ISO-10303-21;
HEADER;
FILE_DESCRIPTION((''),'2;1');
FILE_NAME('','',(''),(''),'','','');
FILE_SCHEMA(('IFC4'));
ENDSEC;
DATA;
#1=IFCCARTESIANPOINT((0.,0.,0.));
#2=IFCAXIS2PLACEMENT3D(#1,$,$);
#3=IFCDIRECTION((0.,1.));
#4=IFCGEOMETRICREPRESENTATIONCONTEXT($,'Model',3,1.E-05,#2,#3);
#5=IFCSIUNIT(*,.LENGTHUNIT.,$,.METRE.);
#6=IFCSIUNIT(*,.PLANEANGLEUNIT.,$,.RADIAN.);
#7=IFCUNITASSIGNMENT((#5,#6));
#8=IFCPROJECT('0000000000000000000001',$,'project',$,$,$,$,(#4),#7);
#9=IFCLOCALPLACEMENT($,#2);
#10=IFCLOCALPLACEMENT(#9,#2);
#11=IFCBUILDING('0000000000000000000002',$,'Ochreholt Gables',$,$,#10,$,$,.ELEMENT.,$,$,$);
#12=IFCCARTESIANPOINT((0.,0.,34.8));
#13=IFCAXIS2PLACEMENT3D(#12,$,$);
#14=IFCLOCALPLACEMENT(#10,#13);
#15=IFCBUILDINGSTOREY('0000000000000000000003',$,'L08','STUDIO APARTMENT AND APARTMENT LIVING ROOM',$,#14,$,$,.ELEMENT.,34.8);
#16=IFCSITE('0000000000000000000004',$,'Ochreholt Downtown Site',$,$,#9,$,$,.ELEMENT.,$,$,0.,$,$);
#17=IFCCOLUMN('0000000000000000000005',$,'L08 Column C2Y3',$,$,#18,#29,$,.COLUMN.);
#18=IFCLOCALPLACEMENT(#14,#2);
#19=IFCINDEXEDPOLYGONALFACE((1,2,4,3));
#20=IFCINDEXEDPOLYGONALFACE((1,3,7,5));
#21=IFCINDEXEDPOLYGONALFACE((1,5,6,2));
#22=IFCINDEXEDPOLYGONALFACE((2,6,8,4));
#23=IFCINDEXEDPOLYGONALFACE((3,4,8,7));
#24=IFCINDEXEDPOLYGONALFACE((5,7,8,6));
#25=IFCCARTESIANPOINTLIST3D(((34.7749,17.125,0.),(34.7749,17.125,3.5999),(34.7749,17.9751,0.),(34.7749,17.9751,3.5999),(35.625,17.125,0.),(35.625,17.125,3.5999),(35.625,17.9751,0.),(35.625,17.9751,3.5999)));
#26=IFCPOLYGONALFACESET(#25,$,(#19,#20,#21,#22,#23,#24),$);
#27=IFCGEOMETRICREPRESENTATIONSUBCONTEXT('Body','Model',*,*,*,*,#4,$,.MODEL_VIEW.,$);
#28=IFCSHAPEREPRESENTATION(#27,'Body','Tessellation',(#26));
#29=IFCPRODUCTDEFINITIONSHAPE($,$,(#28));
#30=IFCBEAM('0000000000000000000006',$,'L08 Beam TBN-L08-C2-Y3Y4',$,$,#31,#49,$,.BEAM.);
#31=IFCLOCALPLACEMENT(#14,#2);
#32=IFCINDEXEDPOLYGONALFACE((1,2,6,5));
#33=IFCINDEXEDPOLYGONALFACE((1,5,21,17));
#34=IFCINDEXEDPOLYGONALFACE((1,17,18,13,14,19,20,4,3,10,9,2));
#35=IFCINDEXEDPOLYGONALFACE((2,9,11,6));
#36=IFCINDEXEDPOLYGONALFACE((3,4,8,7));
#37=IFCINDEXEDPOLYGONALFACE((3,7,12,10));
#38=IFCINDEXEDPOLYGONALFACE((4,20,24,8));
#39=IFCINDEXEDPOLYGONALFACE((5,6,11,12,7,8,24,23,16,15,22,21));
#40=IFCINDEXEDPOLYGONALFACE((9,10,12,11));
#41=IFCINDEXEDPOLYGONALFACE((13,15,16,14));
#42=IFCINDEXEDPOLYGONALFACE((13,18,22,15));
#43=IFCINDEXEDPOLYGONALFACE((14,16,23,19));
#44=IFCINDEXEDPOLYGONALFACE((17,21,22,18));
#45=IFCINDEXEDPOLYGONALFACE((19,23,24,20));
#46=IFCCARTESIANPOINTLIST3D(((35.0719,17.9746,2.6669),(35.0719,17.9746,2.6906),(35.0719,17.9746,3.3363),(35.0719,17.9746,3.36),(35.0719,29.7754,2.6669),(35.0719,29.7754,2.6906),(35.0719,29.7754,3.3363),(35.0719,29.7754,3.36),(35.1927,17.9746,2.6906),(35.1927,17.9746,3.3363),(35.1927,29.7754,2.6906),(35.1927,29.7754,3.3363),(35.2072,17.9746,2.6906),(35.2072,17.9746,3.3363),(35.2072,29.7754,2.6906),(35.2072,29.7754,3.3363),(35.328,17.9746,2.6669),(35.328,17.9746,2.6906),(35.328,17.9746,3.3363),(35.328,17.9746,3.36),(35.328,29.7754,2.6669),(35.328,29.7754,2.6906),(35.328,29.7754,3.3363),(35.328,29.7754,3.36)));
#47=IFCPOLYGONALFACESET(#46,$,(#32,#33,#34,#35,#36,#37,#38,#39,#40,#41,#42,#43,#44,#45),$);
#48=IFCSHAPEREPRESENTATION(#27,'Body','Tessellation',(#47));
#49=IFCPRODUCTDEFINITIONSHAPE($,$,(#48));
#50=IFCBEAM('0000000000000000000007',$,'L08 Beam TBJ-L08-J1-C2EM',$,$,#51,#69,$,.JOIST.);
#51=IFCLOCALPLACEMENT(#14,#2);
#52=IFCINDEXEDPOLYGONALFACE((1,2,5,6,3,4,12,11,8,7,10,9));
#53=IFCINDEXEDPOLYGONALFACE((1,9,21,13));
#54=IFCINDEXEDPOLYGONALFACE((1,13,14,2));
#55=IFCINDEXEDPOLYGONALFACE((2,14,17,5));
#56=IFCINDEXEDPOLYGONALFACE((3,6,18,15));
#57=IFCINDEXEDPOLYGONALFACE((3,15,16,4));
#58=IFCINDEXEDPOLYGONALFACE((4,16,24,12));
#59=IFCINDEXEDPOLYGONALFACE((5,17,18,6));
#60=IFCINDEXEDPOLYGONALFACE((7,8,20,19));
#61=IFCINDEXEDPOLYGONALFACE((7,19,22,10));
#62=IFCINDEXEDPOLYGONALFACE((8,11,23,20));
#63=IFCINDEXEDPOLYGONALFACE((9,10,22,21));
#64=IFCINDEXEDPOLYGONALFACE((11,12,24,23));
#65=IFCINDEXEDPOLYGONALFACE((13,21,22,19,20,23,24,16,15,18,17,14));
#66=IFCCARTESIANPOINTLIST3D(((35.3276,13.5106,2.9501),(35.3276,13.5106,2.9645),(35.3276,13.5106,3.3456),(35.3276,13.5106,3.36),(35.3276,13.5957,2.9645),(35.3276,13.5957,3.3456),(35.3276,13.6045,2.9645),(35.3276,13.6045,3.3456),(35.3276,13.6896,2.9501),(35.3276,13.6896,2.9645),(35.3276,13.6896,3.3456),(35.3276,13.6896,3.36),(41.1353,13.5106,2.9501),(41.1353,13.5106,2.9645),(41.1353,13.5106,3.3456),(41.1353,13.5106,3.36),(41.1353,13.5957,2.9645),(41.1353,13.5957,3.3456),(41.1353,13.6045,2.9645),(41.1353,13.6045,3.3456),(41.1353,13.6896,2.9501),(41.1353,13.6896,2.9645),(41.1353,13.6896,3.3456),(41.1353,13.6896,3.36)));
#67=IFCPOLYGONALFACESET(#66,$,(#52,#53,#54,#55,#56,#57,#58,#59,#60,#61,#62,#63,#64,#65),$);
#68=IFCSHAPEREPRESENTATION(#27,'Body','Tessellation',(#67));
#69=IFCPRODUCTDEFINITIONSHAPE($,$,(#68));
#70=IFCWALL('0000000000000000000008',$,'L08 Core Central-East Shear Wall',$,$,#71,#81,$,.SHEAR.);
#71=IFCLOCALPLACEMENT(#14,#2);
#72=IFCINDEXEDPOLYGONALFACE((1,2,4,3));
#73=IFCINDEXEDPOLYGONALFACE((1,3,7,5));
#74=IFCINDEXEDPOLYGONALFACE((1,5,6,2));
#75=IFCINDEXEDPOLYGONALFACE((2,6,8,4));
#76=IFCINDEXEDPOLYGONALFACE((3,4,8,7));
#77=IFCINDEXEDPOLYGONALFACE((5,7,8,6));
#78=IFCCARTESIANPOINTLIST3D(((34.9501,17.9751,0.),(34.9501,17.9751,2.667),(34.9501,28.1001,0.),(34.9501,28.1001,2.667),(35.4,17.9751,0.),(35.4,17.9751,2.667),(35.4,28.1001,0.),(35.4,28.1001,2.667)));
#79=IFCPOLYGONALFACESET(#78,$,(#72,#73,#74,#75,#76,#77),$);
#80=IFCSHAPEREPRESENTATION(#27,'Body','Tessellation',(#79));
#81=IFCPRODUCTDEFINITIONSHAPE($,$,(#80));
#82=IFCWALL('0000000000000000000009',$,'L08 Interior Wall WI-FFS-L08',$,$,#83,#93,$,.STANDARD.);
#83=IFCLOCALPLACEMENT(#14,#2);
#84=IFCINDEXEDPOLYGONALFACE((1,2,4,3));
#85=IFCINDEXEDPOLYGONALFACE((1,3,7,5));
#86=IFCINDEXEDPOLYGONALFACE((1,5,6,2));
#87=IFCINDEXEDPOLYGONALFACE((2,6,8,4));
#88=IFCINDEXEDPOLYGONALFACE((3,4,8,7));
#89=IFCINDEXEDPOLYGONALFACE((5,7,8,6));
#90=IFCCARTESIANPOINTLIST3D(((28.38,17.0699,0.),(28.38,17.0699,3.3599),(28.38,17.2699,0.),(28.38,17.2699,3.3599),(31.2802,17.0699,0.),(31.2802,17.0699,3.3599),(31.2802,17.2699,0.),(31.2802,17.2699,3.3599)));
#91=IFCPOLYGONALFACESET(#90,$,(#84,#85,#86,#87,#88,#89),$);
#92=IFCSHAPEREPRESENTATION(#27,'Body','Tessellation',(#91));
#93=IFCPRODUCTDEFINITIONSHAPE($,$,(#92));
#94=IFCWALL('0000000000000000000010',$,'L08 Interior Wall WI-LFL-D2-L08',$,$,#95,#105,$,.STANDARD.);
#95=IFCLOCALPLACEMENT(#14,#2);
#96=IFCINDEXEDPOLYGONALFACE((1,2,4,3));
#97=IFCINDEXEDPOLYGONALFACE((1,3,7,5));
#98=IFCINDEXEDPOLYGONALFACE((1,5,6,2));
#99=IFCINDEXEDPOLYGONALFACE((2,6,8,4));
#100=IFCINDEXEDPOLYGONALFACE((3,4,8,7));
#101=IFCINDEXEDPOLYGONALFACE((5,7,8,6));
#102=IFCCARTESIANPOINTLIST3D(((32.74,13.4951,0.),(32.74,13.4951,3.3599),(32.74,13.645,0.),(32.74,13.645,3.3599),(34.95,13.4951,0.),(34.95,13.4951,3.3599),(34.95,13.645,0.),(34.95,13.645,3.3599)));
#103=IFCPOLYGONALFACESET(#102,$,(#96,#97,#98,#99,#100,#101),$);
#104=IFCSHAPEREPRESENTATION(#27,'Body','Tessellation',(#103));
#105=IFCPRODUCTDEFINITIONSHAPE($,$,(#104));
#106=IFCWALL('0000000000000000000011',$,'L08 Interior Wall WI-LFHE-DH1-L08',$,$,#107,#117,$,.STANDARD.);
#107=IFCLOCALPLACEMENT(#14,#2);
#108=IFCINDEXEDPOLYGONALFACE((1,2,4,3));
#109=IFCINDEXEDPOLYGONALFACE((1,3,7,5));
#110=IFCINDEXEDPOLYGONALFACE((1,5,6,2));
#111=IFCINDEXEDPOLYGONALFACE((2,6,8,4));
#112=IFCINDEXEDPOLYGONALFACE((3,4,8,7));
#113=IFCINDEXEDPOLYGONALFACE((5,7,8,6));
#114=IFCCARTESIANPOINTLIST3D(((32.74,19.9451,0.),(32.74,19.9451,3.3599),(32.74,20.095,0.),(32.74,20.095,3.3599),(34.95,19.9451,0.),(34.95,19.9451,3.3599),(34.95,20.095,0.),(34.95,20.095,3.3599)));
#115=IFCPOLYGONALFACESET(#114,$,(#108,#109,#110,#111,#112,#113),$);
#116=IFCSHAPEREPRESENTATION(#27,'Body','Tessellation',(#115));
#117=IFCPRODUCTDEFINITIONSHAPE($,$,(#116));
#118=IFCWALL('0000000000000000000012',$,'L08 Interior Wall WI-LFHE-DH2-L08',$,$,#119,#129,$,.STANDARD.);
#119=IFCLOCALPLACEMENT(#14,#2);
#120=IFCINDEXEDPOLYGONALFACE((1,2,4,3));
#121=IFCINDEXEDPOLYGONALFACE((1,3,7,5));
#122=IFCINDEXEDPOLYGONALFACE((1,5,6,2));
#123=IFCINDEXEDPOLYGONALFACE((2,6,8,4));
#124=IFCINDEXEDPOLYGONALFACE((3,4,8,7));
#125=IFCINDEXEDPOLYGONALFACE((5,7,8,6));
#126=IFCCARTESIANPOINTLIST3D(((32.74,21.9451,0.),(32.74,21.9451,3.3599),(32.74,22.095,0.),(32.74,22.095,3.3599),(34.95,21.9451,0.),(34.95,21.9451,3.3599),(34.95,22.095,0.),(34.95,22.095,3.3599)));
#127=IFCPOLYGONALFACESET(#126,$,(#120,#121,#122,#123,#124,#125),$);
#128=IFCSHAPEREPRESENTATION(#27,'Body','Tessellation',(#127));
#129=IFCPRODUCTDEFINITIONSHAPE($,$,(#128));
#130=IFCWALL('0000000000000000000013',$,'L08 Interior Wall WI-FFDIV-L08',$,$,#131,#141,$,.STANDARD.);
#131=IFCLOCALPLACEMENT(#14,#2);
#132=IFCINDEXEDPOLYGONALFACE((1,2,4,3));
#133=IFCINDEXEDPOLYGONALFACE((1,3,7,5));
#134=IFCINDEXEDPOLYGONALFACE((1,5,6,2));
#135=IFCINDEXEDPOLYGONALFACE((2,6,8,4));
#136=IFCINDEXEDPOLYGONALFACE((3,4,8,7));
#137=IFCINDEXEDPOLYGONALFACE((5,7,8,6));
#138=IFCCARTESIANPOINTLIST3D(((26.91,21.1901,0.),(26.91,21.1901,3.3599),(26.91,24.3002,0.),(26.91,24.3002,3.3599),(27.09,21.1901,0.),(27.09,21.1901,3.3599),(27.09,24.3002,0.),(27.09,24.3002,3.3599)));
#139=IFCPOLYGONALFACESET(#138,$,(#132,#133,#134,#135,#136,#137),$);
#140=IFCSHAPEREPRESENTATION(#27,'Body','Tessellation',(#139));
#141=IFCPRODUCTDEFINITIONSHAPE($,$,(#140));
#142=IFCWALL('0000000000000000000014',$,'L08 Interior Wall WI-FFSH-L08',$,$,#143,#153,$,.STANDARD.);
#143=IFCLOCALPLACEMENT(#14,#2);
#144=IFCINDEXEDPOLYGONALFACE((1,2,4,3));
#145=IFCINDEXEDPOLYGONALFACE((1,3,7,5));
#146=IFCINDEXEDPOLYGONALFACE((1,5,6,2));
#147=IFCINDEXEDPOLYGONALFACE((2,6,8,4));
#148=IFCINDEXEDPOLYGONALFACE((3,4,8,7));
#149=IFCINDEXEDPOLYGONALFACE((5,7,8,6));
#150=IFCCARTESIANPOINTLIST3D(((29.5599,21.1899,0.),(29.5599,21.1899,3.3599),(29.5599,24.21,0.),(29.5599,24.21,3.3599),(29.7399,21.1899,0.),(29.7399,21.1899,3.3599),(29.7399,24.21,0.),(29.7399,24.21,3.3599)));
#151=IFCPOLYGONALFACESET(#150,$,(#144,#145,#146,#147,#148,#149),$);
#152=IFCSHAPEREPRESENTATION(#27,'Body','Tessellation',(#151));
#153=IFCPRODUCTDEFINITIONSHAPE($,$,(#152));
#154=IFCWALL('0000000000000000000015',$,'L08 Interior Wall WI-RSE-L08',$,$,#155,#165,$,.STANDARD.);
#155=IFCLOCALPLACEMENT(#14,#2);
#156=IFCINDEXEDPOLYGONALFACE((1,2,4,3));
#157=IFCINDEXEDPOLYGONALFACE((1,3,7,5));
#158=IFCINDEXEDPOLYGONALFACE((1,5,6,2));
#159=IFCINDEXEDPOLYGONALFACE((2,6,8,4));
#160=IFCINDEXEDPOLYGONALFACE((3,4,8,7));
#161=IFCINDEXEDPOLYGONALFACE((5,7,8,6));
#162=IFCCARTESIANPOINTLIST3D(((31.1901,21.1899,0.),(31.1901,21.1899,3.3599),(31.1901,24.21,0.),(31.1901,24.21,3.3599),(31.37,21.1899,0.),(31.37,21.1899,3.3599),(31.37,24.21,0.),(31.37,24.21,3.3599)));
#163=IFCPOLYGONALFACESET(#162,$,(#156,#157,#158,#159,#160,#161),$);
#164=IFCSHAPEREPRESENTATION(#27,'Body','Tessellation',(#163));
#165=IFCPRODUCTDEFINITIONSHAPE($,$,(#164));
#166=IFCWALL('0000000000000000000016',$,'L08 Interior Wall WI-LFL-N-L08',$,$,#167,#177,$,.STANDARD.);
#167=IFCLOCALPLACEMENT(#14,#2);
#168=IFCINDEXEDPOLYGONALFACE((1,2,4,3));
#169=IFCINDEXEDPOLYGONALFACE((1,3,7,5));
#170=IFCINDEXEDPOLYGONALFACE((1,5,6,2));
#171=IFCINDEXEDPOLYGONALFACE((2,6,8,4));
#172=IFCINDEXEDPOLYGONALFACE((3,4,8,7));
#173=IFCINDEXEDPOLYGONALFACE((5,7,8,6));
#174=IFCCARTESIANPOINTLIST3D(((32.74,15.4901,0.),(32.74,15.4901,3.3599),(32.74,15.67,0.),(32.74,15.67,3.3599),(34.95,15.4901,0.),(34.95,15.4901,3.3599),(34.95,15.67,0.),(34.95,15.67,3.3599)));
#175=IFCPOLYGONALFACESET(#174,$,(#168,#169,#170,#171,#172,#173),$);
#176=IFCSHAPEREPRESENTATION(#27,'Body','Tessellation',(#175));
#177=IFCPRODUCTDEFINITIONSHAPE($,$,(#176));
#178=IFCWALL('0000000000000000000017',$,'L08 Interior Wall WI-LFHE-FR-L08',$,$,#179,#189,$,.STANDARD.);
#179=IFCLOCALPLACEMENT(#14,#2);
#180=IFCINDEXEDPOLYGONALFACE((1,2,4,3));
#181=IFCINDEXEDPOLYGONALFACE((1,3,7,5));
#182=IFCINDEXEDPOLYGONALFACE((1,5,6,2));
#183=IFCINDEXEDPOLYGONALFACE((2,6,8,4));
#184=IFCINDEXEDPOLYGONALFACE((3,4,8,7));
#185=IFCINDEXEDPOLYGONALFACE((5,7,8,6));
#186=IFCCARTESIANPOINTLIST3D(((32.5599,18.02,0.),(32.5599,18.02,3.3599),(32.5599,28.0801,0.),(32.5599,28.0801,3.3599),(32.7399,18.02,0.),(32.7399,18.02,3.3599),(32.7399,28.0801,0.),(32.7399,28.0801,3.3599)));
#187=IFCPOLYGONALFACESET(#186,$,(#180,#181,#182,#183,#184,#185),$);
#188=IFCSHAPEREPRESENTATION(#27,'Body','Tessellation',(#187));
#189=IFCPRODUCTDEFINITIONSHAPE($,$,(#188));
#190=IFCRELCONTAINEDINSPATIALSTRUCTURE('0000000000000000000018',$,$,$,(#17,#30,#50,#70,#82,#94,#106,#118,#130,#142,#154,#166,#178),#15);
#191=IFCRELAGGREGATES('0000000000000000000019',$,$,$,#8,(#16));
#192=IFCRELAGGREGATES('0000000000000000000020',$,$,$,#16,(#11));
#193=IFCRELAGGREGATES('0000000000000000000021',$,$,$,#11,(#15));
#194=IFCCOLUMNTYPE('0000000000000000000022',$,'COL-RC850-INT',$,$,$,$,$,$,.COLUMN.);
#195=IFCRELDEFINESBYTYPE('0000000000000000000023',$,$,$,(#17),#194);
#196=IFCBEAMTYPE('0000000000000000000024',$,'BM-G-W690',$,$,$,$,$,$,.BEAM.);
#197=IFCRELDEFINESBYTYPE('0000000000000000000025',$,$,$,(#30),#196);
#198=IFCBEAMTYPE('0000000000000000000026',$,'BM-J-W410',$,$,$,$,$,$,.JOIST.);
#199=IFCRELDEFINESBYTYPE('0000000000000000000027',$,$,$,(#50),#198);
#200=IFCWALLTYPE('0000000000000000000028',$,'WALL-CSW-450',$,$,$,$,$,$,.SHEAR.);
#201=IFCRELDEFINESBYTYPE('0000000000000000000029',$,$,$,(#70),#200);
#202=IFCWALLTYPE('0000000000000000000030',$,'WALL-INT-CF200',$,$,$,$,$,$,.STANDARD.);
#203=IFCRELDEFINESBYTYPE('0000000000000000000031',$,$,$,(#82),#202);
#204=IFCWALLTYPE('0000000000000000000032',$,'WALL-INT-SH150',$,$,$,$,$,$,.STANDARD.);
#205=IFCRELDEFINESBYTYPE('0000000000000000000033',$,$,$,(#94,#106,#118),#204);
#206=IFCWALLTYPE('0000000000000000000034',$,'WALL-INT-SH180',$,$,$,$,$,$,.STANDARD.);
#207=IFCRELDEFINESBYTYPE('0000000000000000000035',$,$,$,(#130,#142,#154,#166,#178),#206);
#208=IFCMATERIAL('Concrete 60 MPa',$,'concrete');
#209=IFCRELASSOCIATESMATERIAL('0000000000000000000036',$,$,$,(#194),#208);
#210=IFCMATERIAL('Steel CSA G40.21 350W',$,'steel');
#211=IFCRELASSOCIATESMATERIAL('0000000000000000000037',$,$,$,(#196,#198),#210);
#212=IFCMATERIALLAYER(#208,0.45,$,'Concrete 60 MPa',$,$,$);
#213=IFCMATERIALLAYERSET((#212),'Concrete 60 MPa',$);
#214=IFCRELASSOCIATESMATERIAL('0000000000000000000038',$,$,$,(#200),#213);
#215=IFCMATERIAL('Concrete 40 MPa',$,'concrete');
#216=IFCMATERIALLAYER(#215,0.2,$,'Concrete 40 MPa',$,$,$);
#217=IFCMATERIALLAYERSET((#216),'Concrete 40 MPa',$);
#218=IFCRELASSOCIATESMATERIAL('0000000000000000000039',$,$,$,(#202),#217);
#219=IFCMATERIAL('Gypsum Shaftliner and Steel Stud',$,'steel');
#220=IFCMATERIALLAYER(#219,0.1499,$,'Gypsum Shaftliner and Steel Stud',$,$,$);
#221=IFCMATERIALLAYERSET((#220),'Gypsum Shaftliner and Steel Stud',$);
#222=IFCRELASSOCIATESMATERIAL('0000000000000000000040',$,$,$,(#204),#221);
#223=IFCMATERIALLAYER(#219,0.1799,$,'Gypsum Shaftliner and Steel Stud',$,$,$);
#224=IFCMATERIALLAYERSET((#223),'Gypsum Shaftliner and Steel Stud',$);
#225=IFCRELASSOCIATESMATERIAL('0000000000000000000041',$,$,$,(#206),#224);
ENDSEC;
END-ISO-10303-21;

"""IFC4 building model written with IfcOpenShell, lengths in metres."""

from ifc_helpers import new_model, si_unit, direction, frame, frame_2d, origin, origin_2d, place, context, subcontext, project, spatial, rectangle, i_section, extrude, material, layer, layer_set, material_profile, profile_set, type_object, element, save


model = new_model("IFC4")

# Units and contexts
model_context = context("Model", 3, precision=1e-05, world=origin(), true_north=direction((0.0, 1.0)))
body_context = subcontext(model_context, "Body", "Model", "MODEL_VIEW")
ifc_project = project(units=[si_unit("LENGTHUNIT", "METRE"), si_unit("PLANEANGLEUNIT", "RADIAN")], contexts=[model_context])

# Site, building, storey
site_placement = place(None, origin())
site = spatial("IfcSite", under=ifc_project, at=site_placement, Name="Ochreholt Downtown Site", CompositionType="ELEMENT", RefElevation=0.0)
building_placement = place(site_placement, origin())
building = spatial("IfcBuilding", under=site, at=building_placement, Name="Ochreholt Gables", CompositionType="ELEMENT")
storey_placement = place(building_placement, frame((0.0, 0.0, 34.8)))
storey = spatial("IfcBuildingStorey", under=building, at=storey_placement, Name="L08", Description="STUDIO APARTMENT AND APARTMENT LIVING ROOM", CompositionType="ELEMENT", Elevation=34.8)

# Column
ifc_material_1 = material(Name="Concrete 60 MPa", Category="concrete")
ifc_material_profile_1 = material_profile(ifc_material_1, rectangle(XDim=0.8501, YDim=0.8501, at=origin_2d()), Name="RC850X850")
ifc_profile_set_1 = profile_set([ifc_material_profile_1], Name="Concrete 60 MPa")
column_type = type_object("IfcColumnType", Name="COL-RC850-INT", PredefinedType="COLUMN", material=ifc_profile_set_1)
column_placement = place(storey_placement, frame((35.2, 17.55, 0.0), z_axis=(0.0, 0.0, 1.0), x_axis=(1.0, 0.0, 0.0)))
element("IfcColumn", 1, at=column_placement, inside=storey, type_object=column_type, Name="L08 Column C2Y3", PredefinedType="COLUMN", context=body_context, shape_type="SweptSolid", body=[
    extrude(rectangle(XDim=0.8501, YDim=0.8501, at=origin_2d()), origin(), (0.0, 0.0, 1.0), 3.5999),
])

# Beams
ifc_material_2 = material(Name="Steel CSA G40.21 350W", Category="steel")
ifc_material_profile_2 = material_profile(ifc_material_2, i_section(OverallWidth=0.2561, OverallDepth=0.6931, WebThickness=0.0144, FlangeThickness=0.0237, at=origin_2d()), Name="W690X170")
ifc_profile_set_2 = profile_set([ifc_material_profile_2], Name="Steel CSA G40.21 350W")
beam_type_1 = type_object("IfcBeamType", Name="BM-G-W690", PredefinedType="BEAM", material=ifc_profile_set_2)
beam_1_placement = place(storey_placement, frame((35.2, 17.9746, 3.0134), z_axis=(0.0, 1.0, 0.0), x_axis=(-1.0, 0.0, 0.0)))
element("IfcBeam", 2, at=beam_1_placement, inside=storey, type_object=beam_type_1, Name="L08 Beam TBN-L08-C2-Y3Y4", PredefinedType="BEAM", context=body_context, shape_type="SweptSolid", body=[
    extrude(i_section(OverallWidth=0.2561, OverallDepth=0.6931, WebThickness=0.0144, FlangeThickness=0.0237, at=origin_2d()), origin(), (0.0, 0.0, 1.0), 11.8008),
])
ifc_material_profile_3 = material_profile(ifc_material_2, i_section(OverallWidth=0.179, OverallDepth=0.4099, WebThickness=0.0088, FlangeThickness=0.0144, at=origin_2d()), Name="W410X67")
ifc_profile_set_3 = profile_set([ifc_material_profile_3], Name="Steel CSA G40.21 350W")
beam_type_2 = type_object("IfcBeamType", Name="BM-J-W410", PredefinedType="JOIST", material=ifc_profile_set_3)
beam_2_placement = place(storey_placement, frame((35.3276, 13.6001, 3.155), z_axis=(1.0, 0.0, 0.0), x_axis=(0.0, 1.0, 0.0)))
element("IfcBeam", 3, at=beam_2_placement, inside=storey, type_object=beam_type_2, Name="L08 Beam TBJ-L08-J1-C2EM", PredefinedType="JOIST", context=body_context, shape_type="SweptSolid", body=[
    extrude(i_section(OverallWidth=0.179, OverallDepth=0.4099, WebThickness=0.0088, FlangeThickness=0.0144, at=origin_2d()), origin(), (0.0, 0.0, 1.0), 5.8076),
])

# Walls
ifc_layer_1 = layer(ifc_material_1, 0.45, Name="Concrete 60 MPa")
ifc_layer_set_1 = layer_set([ifc_layer_1], Name="Concrete 60 MPa")
wall_type_1 = type_object("IfcWallType", Name="WALL-CSW-450", PredefinedType="SHEAR", material=ifc_layer_set_1)
wall_1_placement = place(storey_placement, frame((35.175, 17.9751, 0.0), z_axis=(0.0, 0.0, 1.0), x_axis=(0.0, 1.0, 0.0)))
element("IfcWall", 4, at=wall_1_placement, inside=storey, type_object=wall_type_1, Name="L08 Core Central-East Shear Wall", PredefinedType="SHEAR", context=body_context, shape_type="SweptSolid", body=[
    extrude(rectangle(XDim=10.125, YDim=0.45, at=frame_2d((5.0625, 0.0))), origin(), (0.0, 0.0, 1.0), 2.667),
])
ifc_material_3 = material(Name="Concrete 40 MPa", Category="concrete")
ifc_layer_2 = layer(ifc_material_3, 0.2, Name="Concrete 40 MPa")
ifc_layer_set_2 = layer_set([ifc_layer_2], Name="Concrete 40 MPa")
wall_type_2 = type_object("IfcWallType", Name="WALL-INT-CF200", PredefinedType="STANDARD", material=ifc_layer_set_2)
wall_2_placement = place(storey_placement, frame((28.3799, 17.1699, 0.0), z_axis=(0.0, 0.0, 1.0), x_axis=(1.0, 0.0, 0.0)))
element("IfcWall", 5, at=wall_2_placement, inside=storey, type_object=wall_type_2, Name="L08 Interior Wall WI-FFS-L08", PredefinedType="STANDARD", context=body_context, shape_type="SweptSolid", body=[
    extrude(rectangle(XDim=2.9001, YDim=0.2, at=frame_2d((1.4502, 0.0))), origin(), (0.0, 0.0, 1.0), 3.3599),
])

# Walls
ifc_material_4 = material(Name="Gypsum Shaftliner and Steel Stud", Category="steel")
ifc_layer_3 = layer(ifc_material_4, 0.1499, Name="Gypsum Shaftliner and Steel Stud")
ifc_layer_set_3 = layer_set([ifc_layer_3], Name="Gypsum Shaftliner and Steel Stud")
wall_type_3 = type_object("IfcWallType", Name="WALL-INT-SH150", PredefinedType="STANDARD", material=ifc_layer_set_3)
for number, where, z_axis, x_axis, name in (
    (6, (32.74, 13.5701, 0.0), (0.0, 0.0, 1.0), (1.0, 0.0, 0.0), "L08 Interior Wall WI-LFL-D2-L08"),
    (7, (32.74, 20.02, 0.0), (0.0, 0.0, 1.0), (1.0, 0.0, 0.0), "L08 Interior Wall WI-LFHE-DH1-L08"),
    (8, (32.74, 22.02, 0.0), (0.0, 0.0, 1.0), (1.0, 0.0, 0.0), "L08 Interior Wall WI-LFHE-DH2-L08"),
):
    element("IfcWall", number, at=place(storey_placement, frame(where, z_axis=z_axis, x_axis=x_axis)), inside=storey, type_object=wall_type_3, Name=name, PredefinedType="STANDARD", context=body_context, shape_type="SweptSolid", body=[
        extrude(rectangle(XDim=2.21, YDim=0.1499, at=frame_2d((1.105, 0.0))), origin(), (0.0, 0.0, 1.0), 3.3599),
    ])
ifc_layer_4 = layer(ifc_material_4, 0.1799, Name="Gypsum Shaftliner and Steel Stud")
ifc_layer_set_4 = layer_set([ifc_layer_4], Name="Gypsum Shaftliner and Steel Stud")
wall_type_4 = type_object("IfcWallType", Name="WALL-INT-SH180", PredefinedType="STANDARD", material=ifc_layer_set_4)
wall_3_placement = place(storey_placement, frame((27.0, 21.1899, 0.0), z_axis=(0.0, 0.0, 1.0), x_axis=(0.0, 1.0, 0.0)))
element("IfcWall", 9, at=wall_3_placement, inside=storey, type_object=wall_type_4, Name="L08 Interior Wall WI-FFDIV-L08", PredefinedType="STANDARD", context=body_context, shape_type="SweptSolid", body=[
    extrude(rectangle(XDim=3.1101, YDim=0.1799, at=frame_2d((1.5552, 0.0))), origin(), (0.0, 0.0, 1.0), 3.3599),
])
for number, where, z_axis, x_axis, name in (
    (10, (29.6499, 21.1899, 0.0), (0.0, 0.0, 1.0), (0.0, 1.0, 0.0), "L08 Interior Wall WI-FFSH-L08"),
    (11, (31.28, 21.1899, 0.0), (0.0, 0.0, 1.0), (0.0, 1.0, 0.0), "L08 Interior Wall WI-RSE-L08"),
):
    element("IfcWall", number, at=place(storey_placement, frame(where, z_axis=z_axis, x_axis=x_axis)), inside=storey, type_object=wall_type_4, Name=name, PredefinedType="STANDARD", context=body_context, shape_type="SweptSolid", body=[
        extrude(rectangle(XDim=3.02, YDim=0.1799, at=frame_2d((1.51, 0.0))), origin(), (0.0, 0.0, 1.0), 3.3599),
    ])
wall_4_placement = place(storey_placement, frame((32.74, 15.5801, 0.0), z_axis=(0.0, 0.0, 1.0), x_axis=(1.0, 0.0, 0.0)))
element("IfcWall", 12, at=wall_4_placement, inside=storey, type_object=wall_type_4, Name="L08 Interior Wall WI-LFL-N-L08", PredefinedType="STANDARD", context=body_context, shape_type="SweptSolid", body=[
    extrude(rectangle(XDim=2.21, YDim=0.1799, at=frame_2d((1.105, 0.0))), origin(), (0.0, 0.0, 1.0), 3.3599),
])
wall_5_placement = place(storey_placement, frame((32.6499, 18.02, 0.0), z_axis=(0.0, 0.0, 1.0), x_axis=(0.0, 1.0, 0.0)))
element("IfcWall", 13, at=wall_5_placement, inside=storey, type_object=wall_type_4, Name="L08 Interior Wall WI-LFHE-FR-L08", PredefinedType="STANDARD", context=body_context, shape_type="SweptSolid", body=[
    extrude(rectangle(XDim=10.0601, YDim=0.1799, at=frame_2d((5.03, 0.0))), origin(), (0.0, 0.0, 1.0), 3.3599),
])

save(model, "model.ifc")
